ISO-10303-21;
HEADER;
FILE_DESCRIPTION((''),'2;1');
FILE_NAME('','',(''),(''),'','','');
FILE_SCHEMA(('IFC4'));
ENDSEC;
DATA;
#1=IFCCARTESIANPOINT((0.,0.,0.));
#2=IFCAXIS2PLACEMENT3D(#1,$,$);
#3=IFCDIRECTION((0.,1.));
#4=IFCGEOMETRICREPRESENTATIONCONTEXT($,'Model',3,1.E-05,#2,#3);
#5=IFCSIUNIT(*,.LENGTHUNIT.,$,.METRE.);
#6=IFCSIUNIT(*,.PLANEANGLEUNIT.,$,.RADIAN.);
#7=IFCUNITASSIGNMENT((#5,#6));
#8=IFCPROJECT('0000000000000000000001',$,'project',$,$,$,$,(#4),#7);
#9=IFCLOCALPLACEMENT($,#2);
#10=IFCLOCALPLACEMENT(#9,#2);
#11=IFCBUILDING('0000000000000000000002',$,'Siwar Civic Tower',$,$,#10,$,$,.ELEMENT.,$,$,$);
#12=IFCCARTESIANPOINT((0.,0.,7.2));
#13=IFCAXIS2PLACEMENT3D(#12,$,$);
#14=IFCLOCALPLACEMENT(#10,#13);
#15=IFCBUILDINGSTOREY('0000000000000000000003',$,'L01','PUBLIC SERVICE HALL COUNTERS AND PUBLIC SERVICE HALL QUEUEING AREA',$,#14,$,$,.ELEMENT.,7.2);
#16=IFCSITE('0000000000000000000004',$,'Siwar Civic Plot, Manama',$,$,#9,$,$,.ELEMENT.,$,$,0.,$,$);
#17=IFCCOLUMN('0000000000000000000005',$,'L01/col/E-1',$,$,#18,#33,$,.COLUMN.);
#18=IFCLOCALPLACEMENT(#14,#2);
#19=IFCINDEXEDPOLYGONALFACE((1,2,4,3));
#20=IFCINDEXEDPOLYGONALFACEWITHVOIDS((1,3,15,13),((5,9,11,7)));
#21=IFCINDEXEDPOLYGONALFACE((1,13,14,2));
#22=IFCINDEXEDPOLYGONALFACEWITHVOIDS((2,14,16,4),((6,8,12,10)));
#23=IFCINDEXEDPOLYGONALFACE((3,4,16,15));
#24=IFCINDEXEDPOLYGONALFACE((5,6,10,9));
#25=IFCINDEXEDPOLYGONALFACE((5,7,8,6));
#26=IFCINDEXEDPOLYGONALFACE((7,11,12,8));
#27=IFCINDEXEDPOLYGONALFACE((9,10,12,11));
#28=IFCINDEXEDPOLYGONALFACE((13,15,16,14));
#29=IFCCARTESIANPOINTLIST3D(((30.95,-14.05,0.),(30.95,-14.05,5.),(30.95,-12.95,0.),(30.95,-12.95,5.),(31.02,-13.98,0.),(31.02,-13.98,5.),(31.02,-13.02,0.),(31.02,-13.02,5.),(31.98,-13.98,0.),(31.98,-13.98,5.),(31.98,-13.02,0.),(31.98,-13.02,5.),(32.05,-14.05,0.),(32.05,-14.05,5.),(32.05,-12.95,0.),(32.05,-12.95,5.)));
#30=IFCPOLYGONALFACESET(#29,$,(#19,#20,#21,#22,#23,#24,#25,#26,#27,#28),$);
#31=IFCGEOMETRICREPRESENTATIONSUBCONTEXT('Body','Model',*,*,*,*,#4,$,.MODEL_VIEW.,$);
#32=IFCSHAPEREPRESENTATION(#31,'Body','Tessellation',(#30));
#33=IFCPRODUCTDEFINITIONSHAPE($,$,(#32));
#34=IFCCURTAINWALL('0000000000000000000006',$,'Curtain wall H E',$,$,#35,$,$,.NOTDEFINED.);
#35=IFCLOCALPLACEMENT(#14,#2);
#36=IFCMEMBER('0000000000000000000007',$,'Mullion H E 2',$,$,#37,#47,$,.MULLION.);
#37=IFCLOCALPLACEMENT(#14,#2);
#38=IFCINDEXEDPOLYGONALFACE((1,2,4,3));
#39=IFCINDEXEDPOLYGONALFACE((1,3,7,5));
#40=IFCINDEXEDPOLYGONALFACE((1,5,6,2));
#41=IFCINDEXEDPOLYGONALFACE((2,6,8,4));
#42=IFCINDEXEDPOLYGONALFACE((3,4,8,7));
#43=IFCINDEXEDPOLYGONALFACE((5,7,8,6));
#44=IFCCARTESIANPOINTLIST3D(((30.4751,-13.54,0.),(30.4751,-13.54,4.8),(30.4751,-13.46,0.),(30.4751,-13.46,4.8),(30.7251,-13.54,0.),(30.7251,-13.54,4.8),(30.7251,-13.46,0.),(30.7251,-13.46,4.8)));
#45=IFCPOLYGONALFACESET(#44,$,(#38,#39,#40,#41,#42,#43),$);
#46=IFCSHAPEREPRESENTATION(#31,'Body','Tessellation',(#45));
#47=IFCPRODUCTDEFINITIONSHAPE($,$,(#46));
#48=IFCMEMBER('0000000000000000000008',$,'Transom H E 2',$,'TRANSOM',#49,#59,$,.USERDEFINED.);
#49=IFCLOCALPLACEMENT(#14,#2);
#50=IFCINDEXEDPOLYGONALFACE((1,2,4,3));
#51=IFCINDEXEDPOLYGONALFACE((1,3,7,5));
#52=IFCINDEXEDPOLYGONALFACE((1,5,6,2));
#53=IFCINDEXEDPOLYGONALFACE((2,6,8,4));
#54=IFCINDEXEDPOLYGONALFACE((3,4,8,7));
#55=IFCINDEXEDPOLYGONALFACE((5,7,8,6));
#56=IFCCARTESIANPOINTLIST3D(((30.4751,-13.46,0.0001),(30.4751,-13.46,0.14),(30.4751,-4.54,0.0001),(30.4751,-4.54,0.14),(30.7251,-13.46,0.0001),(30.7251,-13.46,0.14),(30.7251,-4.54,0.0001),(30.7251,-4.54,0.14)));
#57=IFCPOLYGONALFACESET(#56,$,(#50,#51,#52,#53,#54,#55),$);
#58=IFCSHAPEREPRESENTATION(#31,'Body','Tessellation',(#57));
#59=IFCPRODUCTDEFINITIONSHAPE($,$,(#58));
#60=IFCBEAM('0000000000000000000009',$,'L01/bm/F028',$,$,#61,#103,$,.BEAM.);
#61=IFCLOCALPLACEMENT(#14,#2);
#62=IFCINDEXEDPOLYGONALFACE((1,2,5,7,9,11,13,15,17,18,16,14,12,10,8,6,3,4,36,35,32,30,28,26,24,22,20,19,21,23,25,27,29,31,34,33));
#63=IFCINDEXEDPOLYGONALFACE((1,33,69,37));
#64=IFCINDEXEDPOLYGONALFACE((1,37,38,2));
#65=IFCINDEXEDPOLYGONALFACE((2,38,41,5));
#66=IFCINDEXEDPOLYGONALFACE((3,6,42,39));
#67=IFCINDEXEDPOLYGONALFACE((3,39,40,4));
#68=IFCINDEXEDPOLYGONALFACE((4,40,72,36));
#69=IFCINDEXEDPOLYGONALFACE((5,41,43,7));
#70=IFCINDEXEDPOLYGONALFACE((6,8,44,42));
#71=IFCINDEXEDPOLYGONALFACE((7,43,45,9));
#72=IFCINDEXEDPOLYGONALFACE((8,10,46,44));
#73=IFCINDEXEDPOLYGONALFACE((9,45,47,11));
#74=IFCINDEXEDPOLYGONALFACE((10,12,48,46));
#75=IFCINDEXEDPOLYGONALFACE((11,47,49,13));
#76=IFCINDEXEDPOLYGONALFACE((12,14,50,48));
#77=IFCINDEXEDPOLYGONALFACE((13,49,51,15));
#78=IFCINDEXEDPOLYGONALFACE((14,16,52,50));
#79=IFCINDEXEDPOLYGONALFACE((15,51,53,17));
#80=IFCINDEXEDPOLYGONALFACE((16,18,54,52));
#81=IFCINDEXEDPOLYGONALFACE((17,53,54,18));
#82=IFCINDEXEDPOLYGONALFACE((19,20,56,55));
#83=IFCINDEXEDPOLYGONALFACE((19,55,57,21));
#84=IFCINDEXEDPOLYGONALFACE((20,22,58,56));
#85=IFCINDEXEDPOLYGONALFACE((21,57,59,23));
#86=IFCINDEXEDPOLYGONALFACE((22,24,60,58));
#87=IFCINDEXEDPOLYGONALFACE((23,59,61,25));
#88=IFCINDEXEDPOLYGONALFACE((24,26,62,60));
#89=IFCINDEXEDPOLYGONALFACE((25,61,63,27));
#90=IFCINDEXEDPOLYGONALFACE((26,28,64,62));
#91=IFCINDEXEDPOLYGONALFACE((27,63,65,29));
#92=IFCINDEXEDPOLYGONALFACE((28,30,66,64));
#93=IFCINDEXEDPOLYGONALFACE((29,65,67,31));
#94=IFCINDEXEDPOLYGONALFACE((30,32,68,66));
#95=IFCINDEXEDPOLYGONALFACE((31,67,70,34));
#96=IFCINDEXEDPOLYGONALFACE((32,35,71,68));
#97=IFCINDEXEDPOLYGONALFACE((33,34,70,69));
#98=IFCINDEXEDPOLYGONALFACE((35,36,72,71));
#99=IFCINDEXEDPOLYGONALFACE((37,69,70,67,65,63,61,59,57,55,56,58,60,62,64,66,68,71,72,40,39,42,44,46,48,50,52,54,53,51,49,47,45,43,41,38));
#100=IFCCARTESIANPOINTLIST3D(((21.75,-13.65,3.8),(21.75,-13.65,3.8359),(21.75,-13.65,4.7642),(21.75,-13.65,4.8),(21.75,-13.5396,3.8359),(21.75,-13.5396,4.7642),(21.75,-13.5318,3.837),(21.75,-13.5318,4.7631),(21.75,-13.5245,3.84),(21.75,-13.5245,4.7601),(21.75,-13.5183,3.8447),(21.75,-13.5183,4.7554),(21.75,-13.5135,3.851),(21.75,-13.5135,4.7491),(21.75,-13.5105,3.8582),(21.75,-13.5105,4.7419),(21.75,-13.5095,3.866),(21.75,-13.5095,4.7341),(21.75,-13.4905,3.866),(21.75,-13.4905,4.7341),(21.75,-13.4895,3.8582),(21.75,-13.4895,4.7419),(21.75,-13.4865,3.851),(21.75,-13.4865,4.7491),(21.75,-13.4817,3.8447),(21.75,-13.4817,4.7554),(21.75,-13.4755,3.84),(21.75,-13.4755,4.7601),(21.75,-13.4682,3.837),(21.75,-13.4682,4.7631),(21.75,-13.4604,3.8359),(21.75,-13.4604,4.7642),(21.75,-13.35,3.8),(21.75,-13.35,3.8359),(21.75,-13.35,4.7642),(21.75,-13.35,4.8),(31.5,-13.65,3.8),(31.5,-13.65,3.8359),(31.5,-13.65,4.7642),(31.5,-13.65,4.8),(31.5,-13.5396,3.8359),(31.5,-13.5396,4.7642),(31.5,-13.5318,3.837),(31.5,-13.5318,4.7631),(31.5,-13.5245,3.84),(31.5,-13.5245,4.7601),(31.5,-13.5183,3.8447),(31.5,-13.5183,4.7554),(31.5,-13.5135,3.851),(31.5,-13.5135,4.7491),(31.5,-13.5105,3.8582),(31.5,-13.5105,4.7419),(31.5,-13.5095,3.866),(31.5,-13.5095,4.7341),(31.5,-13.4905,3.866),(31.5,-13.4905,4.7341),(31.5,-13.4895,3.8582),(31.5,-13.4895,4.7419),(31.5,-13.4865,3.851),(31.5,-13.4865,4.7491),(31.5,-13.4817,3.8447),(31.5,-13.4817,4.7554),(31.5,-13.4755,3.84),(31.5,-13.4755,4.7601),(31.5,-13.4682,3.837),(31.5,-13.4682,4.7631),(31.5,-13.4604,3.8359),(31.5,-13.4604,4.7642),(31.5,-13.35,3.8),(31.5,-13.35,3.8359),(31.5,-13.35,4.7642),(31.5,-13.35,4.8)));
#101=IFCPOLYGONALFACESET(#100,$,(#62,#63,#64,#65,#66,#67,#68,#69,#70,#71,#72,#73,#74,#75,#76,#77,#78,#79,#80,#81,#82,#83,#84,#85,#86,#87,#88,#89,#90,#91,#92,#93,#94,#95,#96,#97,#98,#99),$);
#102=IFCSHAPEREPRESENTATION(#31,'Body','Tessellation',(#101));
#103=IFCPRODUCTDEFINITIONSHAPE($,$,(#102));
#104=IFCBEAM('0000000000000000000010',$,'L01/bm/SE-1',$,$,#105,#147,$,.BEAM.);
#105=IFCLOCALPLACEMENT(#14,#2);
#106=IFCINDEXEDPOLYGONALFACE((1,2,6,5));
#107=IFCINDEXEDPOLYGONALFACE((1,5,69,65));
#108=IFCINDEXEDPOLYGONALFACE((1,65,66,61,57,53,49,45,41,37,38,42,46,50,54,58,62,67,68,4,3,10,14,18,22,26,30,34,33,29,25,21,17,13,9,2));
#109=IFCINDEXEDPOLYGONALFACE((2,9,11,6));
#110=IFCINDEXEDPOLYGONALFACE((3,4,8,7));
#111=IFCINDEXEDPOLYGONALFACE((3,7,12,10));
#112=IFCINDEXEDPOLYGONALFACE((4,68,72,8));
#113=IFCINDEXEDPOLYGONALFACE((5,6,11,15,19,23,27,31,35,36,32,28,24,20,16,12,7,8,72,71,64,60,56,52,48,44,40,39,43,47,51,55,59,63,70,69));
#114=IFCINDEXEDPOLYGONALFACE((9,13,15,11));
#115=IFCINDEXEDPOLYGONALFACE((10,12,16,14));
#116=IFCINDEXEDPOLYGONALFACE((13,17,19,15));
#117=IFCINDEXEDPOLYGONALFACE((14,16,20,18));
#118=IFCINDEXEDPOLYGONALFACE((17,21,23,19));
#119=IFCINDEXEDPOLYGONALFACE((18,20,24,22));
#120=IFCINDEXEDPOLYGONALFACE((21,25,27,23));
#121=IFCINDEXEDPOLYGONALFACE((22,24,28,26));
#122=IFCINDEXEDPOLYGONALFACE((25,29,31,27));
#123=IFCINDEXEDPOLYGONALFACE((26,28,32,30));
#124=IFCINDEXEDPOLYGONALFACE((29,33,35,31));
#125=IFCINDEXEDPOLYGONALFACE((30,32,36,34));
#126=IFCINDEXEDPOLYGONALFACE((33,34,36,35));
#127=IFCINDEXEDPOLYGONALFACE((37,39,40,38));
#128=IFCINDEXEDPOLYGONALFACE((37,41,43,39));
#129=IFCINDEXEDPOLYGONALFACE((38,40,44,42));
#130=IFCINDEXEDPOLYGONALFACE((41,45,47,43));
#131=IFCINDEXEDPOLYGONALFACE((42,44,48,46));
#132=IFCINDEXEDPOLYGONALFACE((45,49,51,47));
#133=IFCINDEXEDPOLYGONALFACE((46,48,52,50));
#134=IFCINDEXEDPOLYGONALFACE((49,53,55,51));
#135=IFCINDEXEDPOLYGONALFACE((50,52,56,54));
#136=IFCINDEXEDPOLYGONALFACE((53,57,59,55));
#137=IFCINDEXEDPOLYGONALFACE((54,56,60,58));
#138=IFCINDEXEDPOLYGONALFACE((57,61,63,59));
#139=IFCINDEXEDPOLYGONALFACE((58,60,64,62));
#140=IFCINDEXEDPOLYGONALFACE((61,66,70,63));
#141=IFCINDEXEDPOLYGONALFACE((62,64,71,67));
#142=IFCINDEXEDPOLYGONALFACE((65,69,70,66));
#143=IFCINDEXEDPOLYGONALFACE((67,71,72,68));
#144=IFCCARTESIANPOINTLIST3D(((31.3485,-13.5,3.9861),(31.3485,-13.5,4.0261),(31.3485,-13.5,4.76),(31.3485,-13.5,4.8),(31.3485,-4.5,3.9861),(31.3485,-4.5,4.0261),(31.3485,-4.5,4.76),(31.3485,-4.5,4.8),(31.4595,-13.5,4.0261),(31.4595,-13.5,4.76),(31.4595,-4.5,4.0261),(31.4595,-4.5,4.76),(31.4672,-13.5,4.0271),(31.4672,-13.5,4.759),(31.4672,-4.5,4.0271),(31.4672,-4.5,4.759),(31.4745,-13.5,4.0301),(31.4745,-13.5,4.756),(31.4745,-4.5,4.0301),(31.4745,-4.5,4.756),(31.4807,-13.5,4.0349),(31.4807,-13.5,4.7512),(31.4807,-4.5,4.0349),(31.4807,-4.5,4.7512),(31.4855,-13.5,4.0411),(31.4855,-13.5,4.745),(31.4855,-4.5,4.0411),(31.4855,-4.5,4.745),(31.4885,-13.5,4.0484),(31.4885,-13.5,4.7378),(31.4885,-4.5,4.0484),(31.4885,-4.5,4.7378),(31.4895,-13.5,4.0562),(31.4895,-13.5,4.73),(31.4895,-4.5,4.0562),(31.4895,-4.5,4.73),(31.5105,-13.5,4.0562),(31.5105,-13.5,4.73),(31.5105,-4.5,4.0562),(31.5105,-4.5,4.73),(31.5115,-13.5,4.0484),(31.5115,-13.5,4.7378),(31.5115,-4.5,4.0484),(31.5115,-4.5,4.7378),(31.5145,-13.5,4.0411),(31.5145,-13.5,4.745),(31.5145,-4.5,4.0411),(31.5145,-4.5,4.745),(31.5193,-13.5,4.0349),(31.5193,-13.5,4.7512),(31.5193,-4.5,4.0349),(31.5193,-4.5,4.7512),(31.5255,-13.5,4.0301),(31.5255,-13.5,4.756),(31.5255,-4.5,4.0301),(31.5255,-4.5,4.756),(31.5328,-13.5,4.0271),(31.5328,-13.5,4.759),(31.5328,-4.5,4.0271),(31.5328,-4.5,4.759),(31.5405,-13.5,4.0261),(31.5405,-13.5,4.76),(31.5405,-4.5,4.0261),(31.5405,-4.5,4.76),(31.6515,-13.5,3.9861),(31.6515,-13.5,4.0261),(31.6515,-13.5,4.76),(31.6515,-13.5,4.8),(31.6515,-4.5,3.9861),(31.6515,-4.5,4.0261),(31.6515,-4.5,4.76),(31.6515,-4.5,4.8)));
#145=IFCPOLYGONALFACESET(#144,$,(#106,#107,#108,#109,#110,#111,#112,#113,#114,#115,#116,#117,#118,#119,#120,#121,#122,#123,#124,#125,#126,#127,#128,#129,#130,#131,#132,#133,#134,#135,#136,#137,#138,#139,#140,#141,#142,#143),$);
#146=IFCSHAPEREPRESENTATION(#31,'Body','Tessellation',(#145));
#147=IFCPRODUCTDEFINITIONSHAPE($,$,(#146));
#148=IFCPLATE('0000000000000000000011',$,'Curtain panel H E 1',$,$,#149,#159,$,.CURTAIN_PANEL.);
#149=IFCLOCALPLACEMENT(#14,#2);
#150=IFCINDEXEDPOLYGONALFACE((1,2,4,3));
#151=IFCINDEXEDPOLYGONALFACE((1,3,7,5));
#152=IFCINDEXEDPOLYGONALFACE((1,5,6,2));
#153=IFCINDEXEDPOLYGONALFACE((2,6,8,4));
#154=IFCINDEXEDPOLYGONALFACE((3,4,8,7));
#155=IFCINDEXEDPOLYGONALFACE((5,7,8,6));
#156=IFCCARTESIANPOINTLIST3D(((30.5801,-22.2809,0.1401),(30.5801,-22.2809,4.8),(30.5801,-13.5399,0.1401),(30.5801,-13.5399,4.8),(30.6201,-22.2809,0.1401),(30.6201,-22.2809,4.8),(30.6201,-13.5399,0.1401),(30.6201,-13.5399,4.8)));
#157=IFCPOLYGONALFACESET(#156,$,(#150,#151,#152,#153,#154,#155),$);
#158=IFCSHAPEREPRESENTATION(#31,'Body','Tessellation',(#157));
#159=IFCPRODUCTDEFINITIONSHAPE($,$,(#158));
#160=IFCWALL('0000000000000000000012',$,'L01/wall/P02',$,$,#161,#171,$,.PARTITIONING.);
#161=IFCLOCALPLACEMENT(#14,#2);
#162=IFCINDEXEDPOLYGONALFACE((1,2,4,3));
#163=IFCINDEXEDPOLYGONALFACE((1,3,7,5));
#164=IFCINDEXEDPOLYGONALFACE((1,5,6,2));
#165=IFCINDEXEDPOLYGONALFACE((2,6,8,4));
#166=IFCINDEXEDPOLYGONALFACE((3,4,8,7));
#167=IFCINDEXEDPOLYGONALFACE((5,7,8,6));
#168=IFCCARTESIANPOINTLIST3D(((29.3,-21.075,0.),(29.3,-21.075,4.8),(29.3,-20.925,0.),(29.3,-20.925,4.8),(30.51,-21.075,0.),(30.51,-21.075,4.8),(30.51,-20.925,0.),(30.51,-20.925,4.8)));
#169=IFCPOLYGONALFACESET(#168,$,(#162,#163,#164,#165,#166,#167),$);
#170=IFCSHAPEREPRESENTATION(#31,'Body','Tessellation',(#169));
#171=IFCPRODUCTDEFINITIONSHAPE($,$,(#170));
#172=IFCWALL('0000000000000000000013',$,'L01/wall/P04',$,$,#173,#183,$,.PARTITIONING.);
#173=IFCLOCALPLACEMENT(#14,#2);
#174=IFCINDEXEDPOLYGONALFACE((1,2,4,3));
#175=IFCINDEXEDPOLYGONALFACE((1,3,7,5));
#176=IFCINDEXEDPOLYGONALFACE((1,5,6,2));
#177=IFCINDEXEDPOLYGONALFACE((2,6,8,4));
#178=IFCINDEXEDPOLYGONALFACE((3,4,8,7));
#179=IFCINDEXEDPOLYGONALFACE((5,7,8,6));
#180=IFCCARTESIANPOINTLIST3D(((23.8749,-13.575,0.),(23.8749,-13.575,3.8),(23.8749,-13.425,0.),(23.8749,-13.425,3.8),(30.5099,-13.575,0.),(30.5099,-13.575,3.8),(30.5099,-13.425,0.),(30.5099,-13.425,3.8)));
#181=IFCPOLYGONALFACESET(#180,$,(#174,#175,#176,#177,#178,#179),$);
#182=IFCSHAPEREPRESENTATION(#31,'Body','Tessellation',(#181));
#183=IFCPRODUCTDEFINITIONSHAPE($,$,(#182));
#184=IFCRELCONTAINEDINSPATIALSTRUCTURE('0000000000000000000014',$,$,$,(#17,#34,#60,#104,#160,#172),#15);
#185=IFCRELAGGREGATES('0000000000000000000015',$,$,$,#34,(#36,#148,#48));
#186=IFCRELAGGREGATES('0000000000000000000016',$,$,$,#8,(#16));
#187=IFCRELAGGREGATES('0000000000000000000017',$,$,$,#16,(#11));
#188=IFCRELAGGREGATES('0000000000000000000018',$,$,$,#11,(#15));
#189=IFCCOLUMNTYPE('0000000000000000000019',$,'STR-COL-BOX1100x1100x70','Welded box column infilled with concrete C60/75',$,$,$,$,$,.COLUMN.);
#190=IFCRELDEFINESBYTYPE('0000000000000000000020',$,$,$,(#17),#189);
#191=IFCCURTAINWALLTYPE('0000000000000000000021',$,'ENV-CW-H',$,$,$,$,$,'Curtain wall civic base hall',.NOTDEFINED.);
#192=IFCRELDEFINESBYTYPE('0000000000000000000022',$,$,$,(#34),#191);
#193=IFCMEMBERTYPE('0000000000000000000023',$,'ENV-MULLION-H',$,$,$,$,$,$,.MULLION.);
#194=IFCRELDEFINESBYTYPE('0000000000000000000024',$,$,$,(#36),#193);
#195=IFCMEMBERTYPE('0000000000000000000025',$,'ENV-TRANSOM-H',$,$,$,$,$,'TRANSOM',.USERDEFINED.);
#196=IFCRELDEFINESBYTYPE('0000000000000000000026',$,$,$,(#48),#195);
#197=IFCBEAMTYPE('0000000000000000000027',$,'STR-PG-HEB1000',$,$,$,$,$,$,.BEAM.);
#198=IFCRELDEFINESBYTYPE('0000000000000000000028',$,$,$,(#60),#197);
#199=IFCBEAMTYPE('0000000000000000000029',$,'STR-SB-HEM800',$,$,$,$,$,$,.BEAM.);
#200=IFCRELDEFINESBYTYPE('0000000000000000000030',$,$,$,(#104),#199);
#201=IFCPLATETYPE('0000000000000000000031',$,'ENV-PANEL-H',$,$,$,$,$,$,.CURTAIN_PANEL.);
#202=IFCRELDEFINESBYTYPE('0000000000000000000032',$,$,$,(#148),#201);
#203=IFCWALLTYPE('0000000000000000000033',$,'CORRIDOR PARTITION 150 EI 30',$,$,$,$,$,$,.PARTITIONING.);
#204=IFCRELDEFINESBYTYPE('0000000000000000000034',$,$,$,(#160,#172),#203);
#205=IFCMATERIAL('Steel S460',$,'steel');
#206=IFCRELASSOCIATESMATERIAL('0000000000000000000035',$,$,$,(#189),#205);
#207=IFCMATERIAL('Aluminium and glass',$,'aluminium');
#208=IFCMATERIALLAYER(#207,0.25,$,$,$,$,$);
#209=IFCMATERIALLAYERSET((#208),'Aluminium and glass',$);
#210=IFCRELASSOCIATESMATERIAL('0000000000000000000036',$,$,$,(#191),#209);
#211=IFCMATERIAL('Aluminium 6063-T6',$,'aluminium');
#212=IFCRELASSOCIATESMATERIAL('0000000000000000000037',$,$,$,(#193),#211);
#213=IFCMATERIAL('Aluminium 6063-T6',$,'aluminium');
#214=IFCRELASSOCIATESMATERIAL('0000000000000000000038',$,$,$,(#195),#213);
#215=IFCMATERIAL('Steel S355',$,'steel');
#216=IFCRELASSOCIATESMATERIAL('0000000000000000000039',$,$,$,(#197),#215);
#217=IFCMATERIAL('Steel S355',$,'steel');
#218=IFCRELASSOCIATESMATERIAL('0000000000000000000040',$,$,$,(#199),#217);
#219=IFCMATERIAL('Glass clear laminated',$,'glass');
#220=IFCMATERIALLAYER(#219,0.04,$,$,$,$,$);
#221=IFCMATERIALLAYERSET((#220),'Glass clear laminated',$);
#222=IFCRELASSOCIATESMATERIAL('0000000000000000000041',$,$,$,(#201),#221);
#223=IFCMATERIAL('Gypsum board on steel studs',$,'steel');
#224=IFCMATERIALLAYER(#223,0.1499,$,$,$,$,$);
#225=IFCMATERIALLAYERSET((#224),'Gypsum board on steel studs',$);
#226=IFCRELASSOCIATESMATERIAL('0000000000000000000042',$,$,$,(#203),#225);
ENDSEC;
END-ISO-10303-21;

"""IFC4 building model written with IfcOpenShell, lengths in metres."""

from ifc_helpers import new_model, si_unit, direction, frame, frame_2d, origin, origin_2d, place, context, subcontext, project, spatial, rectangle, hollow_rectangle, i_section, extrude, material, layer, layer_set, material_profile, profile_set, type_object, element, aggregate, save


model = new_model("IFC4")

# Units and contexts
model_context = context("Model", 3, precision=1e-05, world=origin(), true_north=direction((0.0, 1.0)))
body_context = subcontext(model_context, "Body", "Model", "MODEL_VIEW")
ifc_project = project(units=[si_unit("LENGTHUNIT", "METRE"), si_unit("PLANEANGLEUNIT", "RADIAN")], contexts=[model_context])

# Site, building, storey
site_placement = place(None, origin())
site = spatial("IfcSite", under=ifc_project, at=site_placement, Name="Siwar Civic Plot, Manama", CompositionType="ELEMENT", RefElevation=0.0)
building_placement = place(site_placement, origin())
building = spatial("IfcBuilding", under=site, at=building_placement, Name="Siwar Civic Tower", CompositionType="ELEMENT")
storey_placement = place(building_placement, frame((0.0, 0.0, 7.2)))
storey = spatial("IfcBuildingStorey", under=building, at=storey_placement, Name="L01", Description="PUBLIC SERVICE HALL COUNTERS AND PUBLIC SERVICE HALL QUEUEING AREA", CompositionType="ELEMENT", Elevation=7.2)

# Column
ifc_material_1 = material(Name="Steel S460", Category="steel")
ifc_material_profile_1 = material_profile(ifc_material_1, hollow_rectangle(XDim=1.1001, YDim=1.1001, WallThickness=0.0701, at=origin_2d()), Name="BOX1100x1100x70")
ifc_profile_set_1 = profile_set([ifc_material_profile_1], Name="Steel S460")
column_type = type_object("IfcColumnType", Name="STR-COL-BOX1100x1100x70", Description="Welded box column infilled with concrete C60/75", PredefinedType="COLUMN", material=ifc_profile_set_1)
column_placement = place(storey_placement, frame((31.5, -13.5, 0.0), z_axis=(0.0, 0.0, 1.0), x_axis=(1.0, 0.0, 0.0)))
element("IfcColumn", 1, at=column_placement, inside=storey, type_object=column_type, Name="L01/col/E-1", PredefinedType="COLUMN", context=body_context, shape_type="SweptSolid", body=[
    extrude(hollow_rectangle(XDim=1.1001, YDim=1.1001, WallThickness=0.0701, at=origin_2d()), origin(), (0.0, 0.0, 1.0), 5.0),
])

# Curtain wall, members
ifc_material_2 = material(Name="Aluminium and glass", Category="aluminium")
ifc_layer_1 = layer(ifc_material_2, 0.25)
ifc_layer_set_1 = layer_set([ifc_layer_1], Name="Aluminium and glass")
curtain_wall_type = type_object("IfcCurtainWallType", Name="ENV-CW-H", ElementType="Curtain wall civic base hall", PredefinedType="NOTDEFINED", material=ifc_layer_set_1)
curtain_wall_placement = place(storey_placement, origin())
curtain_wall = element("IfcCurtainWall", 2, at=curtain_wall_placement, inside=storey, type_object=curtain_wall_type, Name="Curtain wall H E", PredefinedType="NOTDEFINED")
ifc_material_3 = material(Name="Aluminium 6063-T6", Category="aluminium")
ifc_material_profile_2 = material_profile(ifc_material_3, rectangle(XDim=0.25, YDim=0.0801, at=origin_2d()), Name="AL 250x80")
ifc_profile_set_2 = profile_set([ifc_material_profile_2], Name="Aluminium 6063-T6")
member_type_1 = type_object("IfcMemberType", Name="ENV-MULLION-H", PredefinedType="MULLION", material=ifc_profile_set_2)
member_1_placement = place(storey_placement, frame((30.6001, -13.5, 0.0), z_axis=(0.0, 0.0, 1.0), x_axis=(-1.0, 0.0, 0.0)))
member_1 = element("IfcMember", 3, at=member_1_placement, type_object=member_type_1, Name="Mullion H E 2", PredefinedType="MULLION", context=body_context, shape_type="SweptSolid", body=[
    extrude(rectangle(XDim=0.25, YDim=0.0801, at=origin_2d()), origin(), (0.0, 0.0, 1.0), 4.8),
])
ifc_material_4 = material(Name="Aluminium 6063-T6", Category="aluminium")
ifc_material_profile_3 = material_profile(ifc_material_4, rectangle(XDim=0.25, YDim=0.1399, at=origin_2d()), Name="AL 250x140")
ifc_profile_set_3 = profile_set([ifc_material_profile_3], Name="Aluminium 6063-T6")
member_type_2 = type_object("IfcMemberType", Name="ENV-TRANSOM-H", ElementType="TRANSOM", PredefinedType="USERDEFINED", material=ifc_profile_set_3)
member_2_placement = place(storey_placement, frame((30.6001, -13.46, 0.0701), z_axis=(0.0, 1.0, 0.0), x_axis=(-1.0, 0.0, 0.0)))
member_2 = element("IfcMember", 4, at=member_2_placement, type_object=member_type_2, Name="Transom H E 2", ObjectType="TRANSOM", PredefinedType="USERDEFINED", context=body_context, shape_type="SweptSolid", body=[
    extrude(rectangle(XDim=0.25, YDim=0.1399, at=origin_2d()), origin(), (0.0, 0.0, 1.0), 8.9199),
])

# Beams
ifc_material_5 = material(Name="Steel S355", Category="steel")
ifc_material_profile_4 = material_profile(ifc_material_5, i_section(OverallWidth=0.3, OverallDepth=1.0, WebThickness=0.019, FlangeThickness=0.0359, FilletRadius=0.03, at=origin_2d()), Name="HEB1000")
ifc_profile_set_4 = profile_set([ifc_material_profile_4], Name="Steel S355")
beam_type_1 = type_object("IfcBeamType", Name="STR-PG-HEB1000", PredefinedType="BEAM", material=ifc_profile_set_4)
beam_1_placement = place(storey_placement, frame((21.75, -13.5, 4.3), z_axis=(1.0, 0.0, 0.0), x_axis=(0.0, 1.0, 0.0)))
element("IfcBeam", 5, at=beam_1_placement, inside=storey, type_object=beam_type_1, Name="L01/bm/F028", PredefinedType="BEAM", context=body_context, shape_type="SweptSolid", body=[
    extrude(i_section(OverallWidth=0.3, OverallDepth=1.0, WebThickness=0.019, FlangeThickness=0.0359, FilletRadius=0.03, at=origin_2d()), origin(), (0.0, 0.0, 1.0), 9.75),
])
ifc_material_6 = material(Name="Steel S355", Category="steel")
ifc_material_profile_5 = material_profile(ifc_material_6, i_section(OverallWidth=0.303, OverallDepth=0.814, WebThickness=0.021, FlangeThickness=0.04, FilletRadius=0.03, at=origin_2d()), Name="HEM800")
ifc_profile_set_5 = profile_set([ifc_material_profile_5], Name="Steel S355")
beam_type_2 = type_object("IfcBeamType", Name="STR-SB-HEM800", PredefinedType="BEAM", material=ifc_profile_set_5)
beam_2_placement = place(storey_placement, frame((31.5, -13.5, 4.3931), z_axis=(0.0, 1.0, 0.0), x_axis=(-1.0, 0.0, 0.0)))
element("IfcBeam", 6, at=beam_2_placement, inside=storey, type_object=beam_type_2, Name="L01/bm/SE-1", PredefinedType="BEAM", context=body_context, shape_type="SweptSolid", body=[
    extrude(i_section(OverallWidth=0.303, OverallDepth=0.814, WebThickness=0.021, FlangeThickness=0.04, FilletRadius=0.03, at=origin_2d()), origin(), (0.0, 0.0, 1.0), 9.0),
])

# Plate
ifc_material_7 = material(Name="Glass clear laminated", Category="glass")
ifc_layer_2 = layer(ifc_material_7, 0.04)
ifc_layer_set_2 = layer_set([ifc_layer_2], Name="Glass clear laminated")
plate_type = type_object("IfcPlateType", Name="ENV-PANEL-H", PredefinedType="CURTAIN_PANEL", material=ifc_layer_set_2)
plate_placement = place(storey_placement, frame((30.6001, -17.9104, 0.1401), z_axis=(0.0, 0.0, 1.0), x_axis=(0.0, 1.0, 0.0)))
plate = element("IfcPlate", 7, at=plate_placement, type_object=plate_type, Name="Curtain panel H E 1", PredefinedType="CURTAIN_PANEL", context=body_context, shape_type="SweptSolid", body=[
    extrude(rectangle(XDim=8.741, YDim=0.04, at=origin_2d()), origin(), (0.0, 0.0, 1.0), 4.6599),
])
aggregate(curtain_wall, [member_1, plate, member_2])

# Walls
ifc_material_8 = material(Name="Gypsum board on steel studs", Category="steel")
ifc_layer_3 = layer(ifc_material_8, 0.1499)
ifc_layer_set_3 = layer_set([ifc_layer_3], Name="Gypsum board on steel studs")
wall_type_1 = type_object("IfcWallType", Name="CORRIDOR PARTITION 150 EI 30", PredefinedType="PARTITIONING", material=ifc_layer_set_3)
wall_1_placement = place(storey_placement, frame((29.3, -21.0, 0.0), z_axis=(0.0, 0.0, 1.0), x_axis=(1.0, 0.0, 0.0)))
element("IfcWall", 8, at=wall_1_placement, inside=storey, type_object=wall_type_1, Name="L01/wall/P02", PredefinedType="PARTITIONING", context=body_context, shape_type="SweptSolid", body=[
    extrude(rectangle(XDim=1.21, YDim=0.1499, at=frame_2d((0.605, 0.0))), origin(), (0.0, 0.0, 1.0), 4.8),
])
wall_2_placement = place(storey_placement, frame((23.875, -13.5, 0.0), z_axis=(0.0, 0.0, 1.0), x_axis=(1.0, 0.0, 0.0)))
element("IfcWall", 9, at=wall_2_placement, inside=storey, type_object=wall_type_1, Name="L01/wall/P04", PredefinedType="PARTITIONING", context=body_context, shape_type="SweptSolid", body=[
    extrude(rectangle(XDim=6.635, YDim=0.1499, at=frame_2d((3.3174, 0.0))), origin(), (0.0, 0.0, 1.0), 3.8),
])

save(model, "model.ifc")
